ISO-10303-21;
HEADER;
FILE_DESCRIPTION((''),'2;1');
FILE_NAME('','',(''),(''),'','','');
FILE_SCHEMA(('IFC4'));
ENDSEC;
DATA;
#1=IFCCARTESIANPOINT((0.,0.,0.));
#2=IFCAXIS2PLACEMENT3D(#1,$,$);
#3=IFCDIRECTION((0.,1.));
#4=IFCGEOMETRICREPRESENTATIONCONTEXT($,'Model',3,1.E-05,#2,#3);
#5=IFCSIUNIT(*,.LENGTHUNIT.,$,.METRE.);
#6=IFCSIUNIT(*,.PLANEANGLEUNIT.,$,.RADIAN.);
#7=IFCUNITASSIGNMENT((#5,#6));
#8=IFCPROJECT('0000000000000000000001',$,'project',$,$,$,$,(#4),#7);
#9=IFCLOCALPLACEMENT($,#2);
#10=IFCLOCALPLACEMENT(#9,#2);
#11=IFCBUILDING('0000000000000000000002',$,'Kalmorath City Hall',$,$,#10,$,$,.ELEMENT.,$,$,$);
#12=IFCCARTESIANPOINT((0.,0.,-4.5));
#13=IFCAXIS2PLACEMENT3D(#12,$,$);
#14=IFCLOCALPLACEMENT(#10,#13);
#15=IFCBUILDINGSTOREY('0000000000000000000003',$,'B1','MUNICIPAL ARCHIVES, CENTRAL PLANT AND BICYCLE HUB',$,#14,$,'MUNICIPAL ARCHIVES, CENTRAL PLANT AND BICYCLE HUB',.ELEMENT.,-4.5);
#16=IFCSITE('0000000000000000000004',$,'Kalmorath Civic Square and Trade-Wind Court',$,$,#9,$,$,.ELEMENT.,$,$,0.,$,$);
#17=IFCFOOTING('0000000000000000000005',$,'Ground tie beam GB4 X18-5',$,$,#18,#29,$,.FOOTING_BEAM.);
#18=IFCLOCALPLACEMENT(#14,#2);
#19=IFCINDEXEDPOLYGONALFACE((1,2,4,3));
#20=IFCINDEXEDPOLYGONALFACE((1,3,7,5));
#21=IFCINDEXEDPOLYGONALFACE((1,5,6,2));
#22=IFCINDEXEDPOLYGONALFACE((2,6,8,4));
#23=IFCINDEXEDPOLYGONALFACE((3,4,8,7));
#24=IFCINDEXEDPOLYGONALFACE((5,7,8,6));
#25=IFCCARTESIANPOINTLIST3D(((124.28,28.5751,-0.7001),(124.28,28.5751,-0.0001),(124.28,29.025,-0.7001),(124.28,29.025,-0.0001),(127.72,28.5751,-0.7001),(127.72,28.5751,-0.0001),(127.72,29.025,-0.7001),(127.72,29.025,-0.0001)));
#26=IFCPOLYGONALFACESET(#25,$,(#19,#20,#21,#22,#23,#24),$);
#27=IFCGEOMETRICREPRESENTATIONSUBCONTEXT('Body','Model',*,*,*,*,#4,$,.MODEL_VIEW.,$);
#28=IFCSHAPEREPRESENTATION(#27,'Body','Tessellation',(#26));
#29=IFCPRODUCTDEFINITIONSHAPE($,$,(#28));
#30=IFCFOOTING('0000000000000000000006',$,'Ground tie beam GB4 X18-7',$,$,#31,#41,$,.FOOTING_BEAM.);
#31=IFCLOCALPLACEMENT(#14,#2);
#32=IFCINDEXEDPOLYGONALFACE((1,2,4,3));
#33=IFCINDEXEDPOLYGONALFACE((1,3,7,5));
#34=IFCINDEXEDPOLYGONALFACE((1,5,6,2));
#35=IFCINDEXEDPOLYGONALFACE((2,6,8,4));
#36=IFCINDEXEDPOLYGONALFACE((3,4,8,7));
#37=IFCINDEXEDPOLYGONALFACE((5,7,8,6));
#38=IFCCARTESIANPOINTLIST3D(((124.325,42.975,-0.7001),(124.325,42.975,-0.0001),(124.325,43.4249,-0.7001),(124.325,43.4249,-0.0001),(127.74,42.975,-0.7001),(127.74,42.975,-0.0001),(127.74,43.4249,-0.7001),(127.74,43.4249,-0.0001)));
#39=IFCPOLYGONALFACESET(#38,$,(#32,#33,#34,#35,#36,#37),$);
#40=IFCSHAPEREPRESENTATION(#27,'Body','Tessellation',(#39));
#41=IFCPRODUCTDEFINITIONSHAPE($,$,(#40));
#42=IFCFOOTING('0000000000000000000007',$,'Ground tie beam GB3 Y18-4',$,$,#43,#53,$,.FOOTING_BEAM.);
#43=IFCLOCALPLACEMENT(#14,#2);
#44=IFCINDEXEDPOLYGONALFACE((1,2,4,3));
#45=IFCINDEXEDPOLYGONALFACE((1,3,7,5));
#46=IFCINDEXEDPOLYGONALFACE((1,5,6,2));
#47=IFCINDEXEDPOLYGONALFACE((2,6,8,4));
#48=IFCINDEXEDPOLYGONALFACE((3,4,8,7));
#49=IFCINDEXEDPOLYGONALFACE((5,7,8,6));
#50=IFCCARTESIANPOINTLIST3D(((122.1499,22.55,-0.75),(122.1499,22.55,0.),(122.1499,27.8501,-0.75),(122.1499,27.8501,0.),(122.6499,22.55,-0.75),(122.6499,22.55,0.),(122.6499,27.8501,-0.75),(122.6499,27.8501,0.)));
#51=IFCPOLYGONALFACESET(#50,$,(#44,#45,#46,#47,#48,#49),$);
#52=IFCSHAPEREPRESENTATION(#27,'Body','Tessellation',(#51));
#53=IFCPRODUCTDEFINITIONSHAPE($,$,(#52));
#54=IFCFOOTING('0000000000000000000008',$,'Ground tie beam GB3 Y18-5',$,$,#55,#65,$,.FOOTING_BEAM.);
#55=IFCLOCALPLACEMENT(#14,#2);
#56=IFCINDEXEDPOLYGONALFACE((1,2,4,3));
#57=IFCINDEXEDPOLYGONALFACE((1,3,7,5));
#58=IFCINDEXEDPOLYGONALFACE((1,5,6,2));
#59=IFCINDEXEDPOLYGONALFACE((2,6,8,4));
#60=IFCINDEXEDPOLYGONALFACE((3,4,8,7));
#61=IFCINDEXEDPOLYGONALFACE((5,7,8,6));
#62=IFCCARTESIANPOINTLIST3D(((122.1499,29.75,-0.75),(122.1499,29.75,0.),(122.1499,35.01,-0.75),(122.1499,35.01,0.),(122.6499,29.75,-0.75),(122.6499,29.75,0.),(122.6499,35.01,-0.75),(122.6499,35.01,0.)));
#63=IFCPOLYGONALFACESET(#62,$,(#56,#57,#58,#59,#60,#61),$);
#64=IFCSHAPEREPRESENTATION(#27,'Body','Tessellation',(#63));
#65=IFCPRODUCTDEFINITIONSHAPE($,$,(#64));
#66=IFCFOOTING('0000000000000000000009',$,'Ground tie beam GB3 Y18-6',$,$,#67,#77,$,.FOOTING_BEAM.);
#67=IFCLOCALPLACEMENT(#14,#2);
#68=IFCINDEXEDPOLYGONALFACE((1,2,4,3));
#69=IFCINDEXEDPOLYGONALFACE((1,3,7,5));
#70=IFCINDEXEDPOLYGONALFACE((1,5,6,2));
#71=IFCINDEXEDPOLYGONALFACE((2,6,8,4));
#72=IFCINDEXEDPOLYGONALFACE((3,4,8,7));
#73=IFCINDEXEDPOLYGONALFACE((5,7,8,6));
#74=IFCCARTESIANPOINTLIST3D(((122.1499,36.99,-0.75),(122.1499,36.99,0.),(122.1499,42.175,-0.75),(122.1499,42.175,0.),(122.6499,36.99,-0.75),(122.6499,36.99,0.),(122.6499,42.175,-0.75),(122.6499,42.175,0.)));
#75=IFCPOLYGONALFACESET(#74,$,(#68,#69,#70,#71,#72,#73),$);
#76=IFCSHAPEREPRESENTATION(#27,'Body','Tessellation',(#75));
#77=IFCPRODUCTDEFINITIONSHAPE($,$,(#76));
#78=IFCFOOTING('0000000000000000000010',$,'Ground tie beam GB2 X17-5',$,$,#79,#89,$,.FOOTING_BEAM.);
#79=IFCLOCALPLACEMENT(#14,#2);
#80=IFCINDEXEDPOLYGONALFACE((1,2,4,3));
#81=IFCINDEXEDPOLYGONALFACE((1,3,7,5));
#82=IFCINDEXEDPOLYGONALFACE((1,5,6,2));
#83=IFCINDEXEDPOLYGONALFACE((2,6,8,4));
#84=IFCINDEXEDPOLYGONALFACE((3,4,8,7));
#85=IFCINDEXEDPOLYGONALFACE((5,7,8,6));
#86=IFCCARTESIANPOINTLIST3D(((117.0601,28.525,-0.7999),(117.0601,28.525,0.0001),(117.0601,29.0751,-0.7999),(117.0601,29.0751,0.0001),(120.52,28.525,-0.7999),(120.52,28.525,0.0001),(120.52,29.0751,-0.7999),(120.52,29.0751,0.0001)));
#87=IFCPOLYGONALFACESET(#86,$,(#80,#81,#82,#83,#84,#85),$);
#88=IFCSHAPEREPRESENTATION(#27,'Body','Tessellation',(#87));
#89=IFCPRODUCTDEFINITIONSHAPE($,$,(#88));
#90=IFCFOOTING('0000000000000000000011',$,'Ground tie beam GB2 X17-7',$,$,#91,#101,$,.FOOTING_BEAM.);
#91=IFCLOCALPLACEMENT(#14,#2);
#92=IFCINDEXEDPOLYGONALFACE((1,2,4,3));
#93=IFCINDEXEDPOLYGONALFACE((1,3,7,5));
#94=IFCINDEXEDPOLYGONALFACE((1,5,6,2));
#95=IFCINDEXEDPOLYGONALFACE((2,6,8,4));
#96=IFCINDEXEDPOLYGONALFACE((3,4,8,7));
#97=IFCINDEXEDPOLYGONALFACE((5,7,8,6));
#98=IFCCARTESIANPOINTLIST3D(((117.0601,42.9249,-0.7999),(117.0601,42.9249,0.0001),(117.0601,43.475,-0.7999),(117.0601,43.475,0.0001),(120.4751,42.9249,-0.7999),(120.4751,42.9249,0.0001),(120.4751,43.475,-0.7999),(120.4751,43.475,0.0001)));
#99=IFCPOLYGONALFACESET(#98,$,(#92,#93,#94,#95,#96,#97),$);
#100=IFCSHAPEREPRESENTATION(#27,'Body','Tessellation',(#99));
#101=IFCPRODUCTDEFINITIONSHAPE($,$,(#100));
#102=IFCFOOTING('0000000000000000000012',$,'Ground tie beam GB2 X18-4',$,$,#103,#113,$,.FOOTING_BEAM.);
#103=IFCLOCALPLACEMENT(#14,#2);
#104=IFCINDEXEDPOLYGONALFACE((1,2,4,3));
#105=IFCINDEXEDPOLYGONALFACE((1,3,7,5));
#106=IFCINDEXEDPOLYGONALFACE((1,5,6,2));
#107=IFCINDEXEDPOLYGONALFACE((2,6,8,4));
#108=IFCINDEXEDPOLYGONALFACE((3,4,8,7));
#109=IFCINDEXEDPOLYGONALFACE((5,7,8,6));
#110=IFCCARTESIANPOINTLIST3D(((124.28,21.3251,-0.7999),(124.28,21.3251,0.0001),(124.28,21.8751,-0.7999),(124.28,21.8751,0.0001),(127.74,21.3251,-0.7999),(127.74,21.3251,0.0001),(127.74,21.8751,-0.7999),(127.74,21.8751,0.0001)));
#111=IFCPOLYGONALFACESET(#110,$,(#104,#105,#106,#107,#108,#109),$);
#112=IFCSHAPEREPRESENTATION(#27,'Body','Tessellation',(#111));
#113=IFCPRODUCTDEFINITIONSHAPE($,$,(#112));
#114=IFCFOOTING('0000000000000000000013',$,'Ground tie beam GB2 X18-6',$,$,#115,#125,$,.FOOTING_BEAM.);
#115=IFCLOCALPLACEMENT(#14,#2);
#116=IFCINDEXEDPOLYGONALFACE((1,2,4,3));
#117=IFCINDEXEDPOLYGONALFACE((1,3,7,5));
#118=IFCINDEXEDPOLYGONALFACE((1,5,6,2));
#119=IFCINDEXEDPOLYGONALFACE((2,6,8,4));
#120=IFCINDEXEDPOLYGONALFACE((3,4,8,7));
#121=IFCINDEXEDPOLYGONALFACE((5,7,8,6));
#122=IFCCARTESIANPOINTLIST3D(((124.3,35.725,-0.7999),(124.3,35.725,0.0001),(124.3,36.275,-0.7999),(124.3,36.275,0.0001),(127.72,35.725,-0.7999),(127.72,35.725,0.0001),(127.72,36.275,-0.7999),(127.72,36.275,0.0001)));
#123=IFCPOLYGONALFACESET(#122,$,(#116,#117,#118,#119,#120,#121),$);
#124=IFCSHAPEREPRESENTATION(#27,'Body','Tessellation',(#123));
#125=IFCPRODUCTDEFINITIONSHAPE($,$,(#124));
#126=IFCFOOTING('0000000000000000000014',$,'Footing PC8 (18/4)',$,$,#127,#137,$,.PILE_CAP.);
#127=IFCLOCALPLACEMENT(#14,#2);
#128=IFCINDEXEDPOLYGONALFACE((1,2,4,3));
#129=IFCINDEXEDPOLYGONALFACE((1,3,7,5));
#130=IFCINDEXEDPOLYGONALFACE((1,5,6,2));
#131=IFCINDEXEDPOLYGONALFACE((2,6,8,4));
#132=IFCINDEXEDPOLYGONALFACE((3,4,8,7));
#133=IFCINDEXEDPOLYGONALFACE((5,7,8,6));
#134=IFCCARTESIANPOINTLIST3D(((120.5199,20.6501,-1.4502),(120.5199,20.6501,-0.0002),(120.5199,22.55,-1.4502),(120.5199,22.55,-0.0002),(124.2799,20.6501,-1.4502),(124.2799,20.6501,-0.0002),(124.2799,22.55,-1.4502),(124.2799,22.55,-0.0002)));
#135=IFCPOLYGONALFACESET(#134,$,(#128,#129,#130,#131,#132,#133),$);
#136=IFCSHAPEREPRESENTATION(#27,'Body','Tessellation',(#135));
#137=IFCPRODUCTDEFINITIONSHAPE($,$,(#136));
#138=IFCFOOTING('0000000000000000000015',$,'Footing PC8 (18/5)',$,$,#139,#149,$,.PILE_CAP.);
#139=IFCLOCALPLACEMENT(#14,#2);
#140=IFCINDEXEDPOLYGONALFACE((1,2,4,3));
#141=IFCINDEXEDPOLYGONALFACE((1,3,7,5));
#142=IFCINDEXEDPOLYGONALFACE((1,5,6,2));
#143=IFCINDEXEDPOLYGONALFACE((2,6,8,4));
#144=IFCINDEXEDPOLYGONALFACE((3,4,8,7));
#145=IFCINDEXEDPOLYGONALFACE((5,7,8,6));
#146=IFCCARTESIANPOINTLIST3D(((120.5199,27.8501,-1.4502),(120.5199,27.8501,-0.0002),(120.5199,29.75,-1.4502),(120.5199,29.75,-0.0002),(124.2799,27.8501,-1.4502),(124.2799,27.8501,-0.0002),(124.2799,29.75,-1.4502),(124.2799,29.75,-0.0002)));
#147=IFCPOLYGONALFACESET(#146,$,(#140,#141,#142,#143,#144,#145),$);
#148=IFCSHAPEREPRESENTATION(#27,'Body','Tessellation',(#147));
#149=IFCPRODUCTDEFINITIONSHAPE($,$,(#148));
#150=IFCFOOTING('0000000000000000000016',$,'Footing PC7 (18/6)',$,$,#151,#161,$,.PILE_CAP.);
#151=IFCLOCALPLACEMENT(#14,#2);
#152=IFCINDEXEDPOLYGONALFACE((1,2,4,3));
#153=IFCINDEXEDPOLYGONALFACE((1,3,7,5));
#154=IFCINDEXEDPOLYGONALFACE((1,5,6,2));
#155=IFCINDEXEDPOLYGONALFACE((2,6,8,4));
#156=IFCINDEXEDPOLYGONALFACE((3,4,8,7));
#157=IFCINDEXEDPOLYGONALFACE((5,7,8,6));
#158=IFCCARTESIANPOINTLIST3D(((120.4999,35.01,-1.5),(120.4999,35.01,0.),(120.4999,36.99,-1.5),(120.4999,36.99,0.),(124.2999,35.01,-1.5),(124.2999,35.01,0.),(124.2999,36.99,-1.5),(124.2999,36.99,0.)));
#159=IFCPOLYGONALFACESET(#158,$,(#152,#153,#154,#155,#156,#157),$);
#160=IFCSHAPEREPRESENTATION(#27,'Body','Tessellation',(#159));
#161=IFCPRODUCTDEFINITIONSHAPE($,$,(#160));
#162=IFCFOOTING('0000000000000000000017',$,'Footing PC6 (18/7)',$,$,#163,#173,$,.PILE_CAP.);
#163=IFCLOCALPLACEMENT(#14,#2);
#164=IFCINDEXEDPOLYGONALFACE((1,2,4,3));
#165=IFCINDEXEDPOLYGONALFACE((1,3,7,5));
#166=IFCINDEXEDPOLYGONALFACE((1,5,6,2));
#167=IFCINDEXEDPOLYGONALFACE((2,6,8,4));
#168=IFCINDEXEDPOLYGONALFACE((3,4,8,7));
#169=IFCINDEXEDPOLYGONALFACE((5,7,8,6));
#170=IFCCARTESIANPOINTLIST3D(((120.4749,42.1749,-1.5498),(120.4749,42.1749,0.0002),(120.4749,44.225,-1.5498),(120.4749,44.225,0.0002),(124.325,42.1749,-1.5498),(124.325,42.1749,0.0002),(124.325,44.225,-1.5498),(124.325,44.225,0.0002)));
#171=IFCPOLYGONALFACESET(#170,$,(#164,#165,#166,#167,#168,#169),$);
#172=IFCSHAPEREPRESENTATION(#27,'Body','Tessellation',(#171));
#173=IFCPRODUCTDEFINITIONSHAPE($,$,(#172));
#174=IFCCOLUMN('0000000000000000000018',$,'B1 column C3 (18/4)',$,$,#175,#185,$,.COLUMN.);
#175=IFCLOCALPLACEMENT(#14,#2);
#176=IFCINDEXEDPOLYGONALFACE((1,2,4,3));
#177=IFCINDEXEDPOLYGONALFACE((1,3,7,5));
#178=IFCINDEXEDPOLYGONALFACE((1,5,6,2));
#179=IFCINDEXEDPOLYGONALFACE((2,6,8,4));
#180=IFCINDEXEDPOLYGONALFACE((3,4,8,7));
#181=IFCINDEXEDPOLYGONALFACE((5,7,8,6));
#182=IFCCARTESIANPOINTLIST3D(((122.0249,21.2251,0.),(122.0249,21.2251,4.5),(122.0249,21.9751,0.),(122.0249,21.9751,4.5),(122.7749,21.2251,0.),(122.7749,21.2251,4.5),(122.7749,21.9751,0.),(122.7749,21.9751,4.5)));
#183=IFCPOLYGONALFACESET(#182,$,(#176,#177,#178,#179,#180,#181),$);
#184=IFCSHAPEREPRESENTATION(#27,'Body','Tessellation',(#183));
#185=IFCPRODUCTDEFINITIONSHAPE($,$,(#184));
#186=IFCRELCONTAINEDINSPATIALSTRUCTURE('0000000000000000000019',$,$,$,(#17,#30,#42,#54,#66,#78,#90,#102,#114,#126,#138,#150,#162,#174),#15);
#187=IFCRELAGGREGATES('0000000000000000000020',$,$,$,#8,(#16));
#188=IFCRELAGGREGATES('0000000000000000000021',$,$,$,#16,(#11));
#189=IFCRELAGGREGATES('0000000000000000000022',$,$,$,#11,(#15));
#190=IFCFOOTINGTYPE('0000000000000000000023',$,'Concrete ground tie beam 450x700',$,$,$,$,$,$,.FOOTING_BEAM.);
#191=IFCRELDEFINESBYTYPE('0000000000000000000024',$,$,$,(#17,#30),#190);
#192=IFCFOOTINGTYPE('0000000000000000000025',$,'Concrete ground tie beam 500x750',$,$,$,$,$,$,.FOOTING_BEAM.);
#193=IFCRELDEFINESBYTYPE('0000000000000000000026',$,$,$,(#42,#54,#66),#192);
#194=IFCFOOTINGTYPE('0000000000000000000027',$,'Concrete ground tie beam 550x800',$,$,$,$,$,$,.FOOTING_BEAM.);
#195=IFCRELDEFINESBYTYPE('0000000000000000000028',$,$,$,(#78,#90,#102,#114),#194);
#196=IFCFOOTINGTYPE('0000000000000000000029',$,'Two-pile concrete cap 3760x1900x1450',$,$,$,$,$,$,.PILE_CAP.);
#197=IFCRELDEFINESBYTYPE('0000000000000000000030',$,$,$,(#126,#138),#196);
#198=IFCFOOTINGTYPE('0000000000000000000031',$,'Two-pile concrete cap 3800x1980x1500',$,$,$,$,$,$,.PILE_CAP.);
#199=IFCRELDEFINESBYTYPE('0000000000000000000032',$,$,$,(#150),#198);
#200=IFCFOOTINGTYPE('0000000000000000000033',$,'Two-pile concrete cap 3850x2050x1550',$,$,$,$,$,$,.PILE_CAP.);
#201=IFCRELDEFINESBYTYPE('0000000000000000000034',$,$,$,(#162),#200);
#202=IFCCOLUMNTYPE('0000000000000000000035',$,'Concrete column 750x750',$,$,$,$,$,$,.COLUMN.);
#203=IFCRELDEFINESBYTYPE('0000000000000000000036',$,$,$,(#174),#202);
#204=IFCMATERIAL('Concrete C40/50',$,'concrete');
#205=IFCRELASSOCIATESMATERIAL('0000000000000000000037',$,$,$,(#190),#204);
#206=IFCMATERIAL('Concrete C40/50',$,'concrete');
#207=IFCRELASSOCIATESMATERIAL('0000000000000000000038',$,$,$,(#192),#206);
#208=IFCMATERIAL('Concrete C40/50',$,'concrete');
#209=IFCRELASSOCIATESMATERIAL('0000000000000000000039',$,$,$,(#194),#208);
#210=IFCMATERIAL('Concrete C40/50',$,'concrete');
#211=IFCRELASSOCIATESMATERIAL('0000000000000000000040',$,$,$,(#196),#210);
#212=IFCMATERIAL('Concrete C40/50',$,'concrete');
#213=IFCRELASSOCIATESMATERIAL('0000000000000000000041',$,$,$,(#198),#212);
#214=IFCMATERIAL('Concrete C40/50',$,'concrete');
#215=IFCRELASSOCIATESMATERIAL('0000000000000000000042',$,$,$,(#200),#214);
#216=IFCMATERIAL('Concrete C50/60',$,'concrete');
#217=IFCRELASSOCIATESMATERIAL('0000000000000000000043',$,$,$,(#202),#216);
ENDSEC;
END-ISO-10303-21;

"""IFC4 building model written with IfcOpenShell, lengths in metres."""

from ifc_helpers import new_model, si_unit, direction, frame, origin, origin_2d, place, context, subcontext, project, spatial, rectangle, extrude, material, material_profile, profile_set, type_object, element, save


model = new_model("IFC4")

# Units and contexts
model_context = context("Model", 3, precision=1e-05, world=origin(), true_north=direction((0.0, 1.0)))
body_context = subcontext(model_context, "Body", "Model", "MODEL_VIEW")
ifc_project = project(units=[si_unit("LENGTHUNIT", "METRE"), si_unit("PLANEANGLEUNIT", "RADIAN")], contexts=[model_context])

# Site, building, storey
site_placement = place(None, origin())
site = spatial("IfcSite", under=ifc_project, at=site_placement, Name="Kalmorath Civic Square and Trade-Wind Court", CompositionType="ELEMENT", RefElevation=0.0)
building_placement = place(site_placement, origin())
building = spatial("IfcBuilding", under=site, at=building_placement, Name="Kalmorath City Hall", CompositionType="ELEMENT")
storey_placement = place(building_placement, frame((0.0, 0.0, -4.5)))
storey = spatial("IfcBuildingStorey", under=building, at=storey_placement, Name="B1", Description="MUNICIPAL ARCHIVES, CENTRAL PLANT AND BICYCLE HUB", LongName="MUNICIPAL ARCHIVES, CENTRAL PLANT AND BICYCLE HUB", CompositionType="ELEMENT", Elevation=-4.5)

# Footings
ifc_material_1 = material(Name="Concrete C40/50", Category="concrete")
ifc_material_profile_1 = material_profile(ifc_material_1, rectangle(XDim=0.45, YDim=0.7, at=origin_2d()), Name="RC-BM-450X700")
ifc_profile_set_1 = profile_set([ifc_material_profile_1], Name="Concrete C40/50")
footing_type_1 = type_object("IfcFootingType", Name="Concrete ground tie beam 450x700", PredefinedType="FOOTING_BEAM", material=ifc_profile_set_1)
footing_1_placement = place(storey_placement, frame((124.28, 28.8, -0.3501), z_axis=(1.0, 0.0, 0.0), x_axis=(0.0, 1.0, 0.0)))
element("IfcFooting", 1, at=footing_1_placement, inside=storey, type_object=footing_type_1, Name="Ground tie beam GB4 X18-5", PredefinedType="FOOTING_BEAM", context=body_context, shape_type="SweptSolid", body=[
    extrude(rectangle(XDim=0.45, YDim=0.7, at=origin_2d()), origin(), (0.0, 0.0, 1.0), 3.4399),
])
footing_2_placement = place(storey_placement, frame((124.325, 43.2, -0.3501), z_axis=(1.0, 0.0, 0.0), x_axis=(0.0, 1.0, 0.0)))
element("IfcFooting", 2, at=footing_2_placement, inside=storey, type_object=footing_type_1, Name="Ground tie beam GB4 X18-7", PredefinedType="FOOTING_BEAM", context=body_context, shape_type="SweptSolid", body=[
    extrude(rectangle(XDim=0.45, YDim=0.7, at=origin_2d()), origin(), (0.0, 0.0, 1.0), 3.415),
])
ifc_material_2 = material(Name="Concrete C40/50", Category="concrete")
ifc_material_profile_2 = material_profile(ifc_material_2, rectangle(XDim=0.5, YDim=0.75, at=origin_2d()), Name="RC-BM-500X750")
ifc_profile_set_2 = profile_set([ifc_material_profile_2], Name="Concrete C40/50")
footing_type_2 = type_object("IfcFootingType", Name="Concrete ground tie beam 500x750", PredefinedType="FOOTING_BEAM", material=ifc_profile_set_2)
footing_3_placement = place(storey_placement, frame((122.3999, 22.55, -0.375), z_axis=(0.0, 1.0, 0.0), x_axis=(-1.0, 0.0, 0.0)))
element("IfcFooting", 3, at=footing_3_placement, inside=storey, type_object=footing_type_2, Name="Ground tie beam GB3 Y18-4", PredefinedType="FOOTING_BEAM", context=body_context, shape_type="SweptSolid", body=[
    extrude(rectangle(XDim=0.5, YDim=0.75, at=origin_2d()), origin(), (0.0, 0.0, 1.0), 5.3),
])
footing_4_placement = place(storey_placement, frame((122.3999, 29.75, -0.375), z_axis=(0.0, 1.0, 0.0), x_axis=(-1.0, 0.0, 0.0)))
element("IfcFooting", 4, at=footing_4_placement, inside=storey, type_object=footing_type_2, Name="Ground tie beam GB3 Y18-5", PredefinedType="FOOTING_BEAM", context=body_context, shape_type="SweptSolid", body=[
    extrude(rectangle(XDim=0.5, YDim=0.75, at=origin_2d()), origin(), (0.0, 0.0, 1.0), 5.26),
])
footing_5_placement = place(storey_placement, frame((122.3999, 36.99, -0.375), z_axis=(0.0, 1.0, 0.0), x_axis=(-1.0, 0.0, 0.0)))
element("IfcFooting", 5, at=footing_5_placement, inside=storey, type_object=footing_type_2, Name="Ground tie beam GB3 Y18-6", PredefinedType="FOOTING_BEAM", context=body_context, shape_type="SweptSolid", body=[
    extrude(rectangle(XDim=0.5, YDim=0.75, at=origin_2d()), origin(), (0.0, 0.0, 1.0), 5.1851),
])
ifc_material_3 = material(Name="Concrete C40/50", Category="concrete")
ifc_material_profile_3 = material_profile(ifc_material_3, rectangle(XDim=0.55, YDim=0.8, at=origin_2d()), Name="RC-BM-550X800")
ifc_profile_set_3 = profile_set([ifc_material_profile_3], Name="Concrete C40/50")
footing_type_3 = type_object("IfcFootingType", Name="Concrete ground tie beam 550x800", PredefinedType="FOOTING_BEAM", material=ifc_profile_set_3)
footing_6_placement = place(storey_placement, frame((117.0601, 28.8, -0.3999), z_axis=(1.0, 0.0, 0.0), x_axis=(0.0, 1.0, 0.0)))
element("IfcFooting", 6, at=footing_6_placement, inside=storey, type_object=footing_type_3, Name="Ground tie beam GB2 X17-5", PredefinedType="FOOTING_BEAM", context=body_context, shape_type="SweptSolid", body=[
    extrude(rectangle(XDim=0.55, YDim=0.8, at=origin_2d()), origin(), (0.0, 0.0, 1.0), 3.46),
])
footing_7_placement = place(storey_placement, frame((117.0601, 43.2, -0.3999), z_axis=(1.0, 0.0, 0.0), x_axis=(0.0, 1.0, 0.0)))
element("IfcFooting", 7, at=footing_7_placement, inside=storey, type_object=footing_type_3, Name="Ground tie beam GB2 X17-7", PredefinedType="FOOTING_BEAM", context=body_context, shape_type="SweptSolid", body=[
    extrude(rectangle(XDim=0.55, YDim=0.8, at=origin_2d()), origin(), (0.0, 0.0, 1.0), 3.415),
])
footing_8_placement = place(storey_placement, frame((124.28, 21.6001, -0.3999), z_axis=(1.0, 0.0, 0.0), x_axis=(0.0, 1.0, 0.0)))
element("IfcFooting", 8, at=footing_8_placement, inside=storey, type_object=footing_type_3, Name="Ground tie beam GB2 X18-4", PredefinedType="FOOTING_BEAM", context=body_context, shape_type="SweptSolid", body=[
    extrude(rectangle(XDim=0.55, YDim=0.8, at=origin_2d()), origin(), (0.0, 0.0, 1.0), 3.46),
])
footing_9_placement = place(storey_placement, frame((124.3, 36.0, -0.3999), z_axis=(1.0, 0.0, 0.0), x_axis=(0.0, 1.0, 0.0)))
element("IfcFooting", 9, at=footing_9_placement, inside=storey, type_object=footing_type_3, Name="Ground tie beam GB2 X18-6", PredefinedType="FOOTING_BEAM", context=body_context, shape_type="SweptSolid", body=[
    extrude(rectangle(XDim=0.55, YDim=0.8, at=origin_2d()), origin(), (0.0, 0.0, 1.0), 3.4199),
])
ifc_material_4 = material(Name="Concrete C40/50", Category="concrete")
footing_type_4 = type_object("IfcFootingType", Name="Two-pile concrete cap 3760x1900x1450", PredefinedType="PILE_CAP", material=ifc_material_4)
for number, where, z_axis, x_axis, name in (
    (10, (122.3999, 21.6001, -1.4502), (0.0, 0.0, 1.0), (1.0, 0.0, 0.0), "Footing PC8 (18/4)"),
    (11, (122.3999, 28.8, -1.4502), (0.0, 0.0, 1.0), (1.0, 0.0, 0.0), "Footing PC8 (18/5)"),
):
    element("IfcFooting", number, at=place(storey_placement, frame(where, z_axis=z_axis, x_axis=x_axis)), inside=storey, type_object=footing_type_4, Name=name, PredefinedType="PILE_CAP", context=body_context, shape_type="SweptSolid", body=[
        extrude(rectangle(XDim=3.76, YDim=1.8999, at=origin_2d()), origin(), (0.0, 0.0, 1.0), 1.45),
    ])
ifc_material_5 = material(Name="Concrete C40/50", Category="concrete")
footing_type_5 = type_object("IfcFootingType", Name="Two-pile concrete cap 3800x1980x1500", PredefinedType="PILE_CAP", material=ifc_material_5)
footing_10_placement = place(storey_placement, frame((122.3999, 36.0, -1.5), z_axis=(0.0, 0.0, 1.0), x_axis=(1.0, 0.0, 0.0)))
element("IfcFooting", 12, at=footing_10_placement, inside=storey, type_object=footing_type_5, Name="Footing PC7 (18/6)", PredefinedType="PILE_CAP", context=body_context, shape_type="SweptSolid", body=[
    extrude(rectangle(XDim=3.8, YDim=1.98, at=origin_2d()), origin(), (0.0, 0.0, 1.0), 1.5),
])
ifc_material_6 = material(Name="Concrete C40/50", Category="concrete")
footing_type_6 = type_object("IfcFootingType", Name="Two-pile concrete cap 3850x2050x1550", PredefinedType="PILE_CAP", material=ifc_material_6)
footing_11_placement = place(storey_placement, frame((122.3999, 43.2, -1.5498), z_axis=(0.0, 0.0, 1.0), x_axis=(1.0, 0.0, 0.0)))
element("IfcFooting", 13, at=footing_11_placement, inside=storey, type_object=footing_type_6, Name="Footing PC6 (18/7)", PredefinedType="PILE_CAP", context=body_context, shape_type="SweptSolid", body=[
    extrude(rectangle(XDim=3.8501, YDim=2.05, at=origin_2d()), origin(), (0.0, 0.0, 1.0), 1.55),
])

# Column
ifc_material_7 = material(Name="Concrete C50/60", Category="concrete")
ifc_material_profile_4 = material_profile(ifc_material_7, rectangle(XDim=0.75, YDim=0.75, at=origin_2d()), Name="RC-COL-750X750")
ifc_profile_set_4 = profile_set([ifc_material_profile_4], Name="Concrete C50/60")
column_type_1 = type_object("IfcColumnType", Name="Concrete column 750x750", PredefinedType="COLUMN", material=ifc_profile_set_4)
for number, where, z_axis, x_axis, name in (
    (14, (122.3999, 21.6001, 0.0), (0.0, 0.0, 1.0), (1.0, 0.0, 0.0), "B1 column C3 (18/4)"),
):
    element("IfcColumn", number, at=place(storey_placement, frame(where, z_axis=z_axis, x_axis=x_axis)), inside=storey, type_object=column_type_1, Name=name, PredefinedType="COLUMN", context=body_context, shape_type="SweptSolid", body=[
        extrude(rectangle(XDim=0.75, YDim=0.75, at=origin_2d()), origin(), (0.0, 0.0, 1.0), 4.5),
    ])

save(model, "model.ifc")
